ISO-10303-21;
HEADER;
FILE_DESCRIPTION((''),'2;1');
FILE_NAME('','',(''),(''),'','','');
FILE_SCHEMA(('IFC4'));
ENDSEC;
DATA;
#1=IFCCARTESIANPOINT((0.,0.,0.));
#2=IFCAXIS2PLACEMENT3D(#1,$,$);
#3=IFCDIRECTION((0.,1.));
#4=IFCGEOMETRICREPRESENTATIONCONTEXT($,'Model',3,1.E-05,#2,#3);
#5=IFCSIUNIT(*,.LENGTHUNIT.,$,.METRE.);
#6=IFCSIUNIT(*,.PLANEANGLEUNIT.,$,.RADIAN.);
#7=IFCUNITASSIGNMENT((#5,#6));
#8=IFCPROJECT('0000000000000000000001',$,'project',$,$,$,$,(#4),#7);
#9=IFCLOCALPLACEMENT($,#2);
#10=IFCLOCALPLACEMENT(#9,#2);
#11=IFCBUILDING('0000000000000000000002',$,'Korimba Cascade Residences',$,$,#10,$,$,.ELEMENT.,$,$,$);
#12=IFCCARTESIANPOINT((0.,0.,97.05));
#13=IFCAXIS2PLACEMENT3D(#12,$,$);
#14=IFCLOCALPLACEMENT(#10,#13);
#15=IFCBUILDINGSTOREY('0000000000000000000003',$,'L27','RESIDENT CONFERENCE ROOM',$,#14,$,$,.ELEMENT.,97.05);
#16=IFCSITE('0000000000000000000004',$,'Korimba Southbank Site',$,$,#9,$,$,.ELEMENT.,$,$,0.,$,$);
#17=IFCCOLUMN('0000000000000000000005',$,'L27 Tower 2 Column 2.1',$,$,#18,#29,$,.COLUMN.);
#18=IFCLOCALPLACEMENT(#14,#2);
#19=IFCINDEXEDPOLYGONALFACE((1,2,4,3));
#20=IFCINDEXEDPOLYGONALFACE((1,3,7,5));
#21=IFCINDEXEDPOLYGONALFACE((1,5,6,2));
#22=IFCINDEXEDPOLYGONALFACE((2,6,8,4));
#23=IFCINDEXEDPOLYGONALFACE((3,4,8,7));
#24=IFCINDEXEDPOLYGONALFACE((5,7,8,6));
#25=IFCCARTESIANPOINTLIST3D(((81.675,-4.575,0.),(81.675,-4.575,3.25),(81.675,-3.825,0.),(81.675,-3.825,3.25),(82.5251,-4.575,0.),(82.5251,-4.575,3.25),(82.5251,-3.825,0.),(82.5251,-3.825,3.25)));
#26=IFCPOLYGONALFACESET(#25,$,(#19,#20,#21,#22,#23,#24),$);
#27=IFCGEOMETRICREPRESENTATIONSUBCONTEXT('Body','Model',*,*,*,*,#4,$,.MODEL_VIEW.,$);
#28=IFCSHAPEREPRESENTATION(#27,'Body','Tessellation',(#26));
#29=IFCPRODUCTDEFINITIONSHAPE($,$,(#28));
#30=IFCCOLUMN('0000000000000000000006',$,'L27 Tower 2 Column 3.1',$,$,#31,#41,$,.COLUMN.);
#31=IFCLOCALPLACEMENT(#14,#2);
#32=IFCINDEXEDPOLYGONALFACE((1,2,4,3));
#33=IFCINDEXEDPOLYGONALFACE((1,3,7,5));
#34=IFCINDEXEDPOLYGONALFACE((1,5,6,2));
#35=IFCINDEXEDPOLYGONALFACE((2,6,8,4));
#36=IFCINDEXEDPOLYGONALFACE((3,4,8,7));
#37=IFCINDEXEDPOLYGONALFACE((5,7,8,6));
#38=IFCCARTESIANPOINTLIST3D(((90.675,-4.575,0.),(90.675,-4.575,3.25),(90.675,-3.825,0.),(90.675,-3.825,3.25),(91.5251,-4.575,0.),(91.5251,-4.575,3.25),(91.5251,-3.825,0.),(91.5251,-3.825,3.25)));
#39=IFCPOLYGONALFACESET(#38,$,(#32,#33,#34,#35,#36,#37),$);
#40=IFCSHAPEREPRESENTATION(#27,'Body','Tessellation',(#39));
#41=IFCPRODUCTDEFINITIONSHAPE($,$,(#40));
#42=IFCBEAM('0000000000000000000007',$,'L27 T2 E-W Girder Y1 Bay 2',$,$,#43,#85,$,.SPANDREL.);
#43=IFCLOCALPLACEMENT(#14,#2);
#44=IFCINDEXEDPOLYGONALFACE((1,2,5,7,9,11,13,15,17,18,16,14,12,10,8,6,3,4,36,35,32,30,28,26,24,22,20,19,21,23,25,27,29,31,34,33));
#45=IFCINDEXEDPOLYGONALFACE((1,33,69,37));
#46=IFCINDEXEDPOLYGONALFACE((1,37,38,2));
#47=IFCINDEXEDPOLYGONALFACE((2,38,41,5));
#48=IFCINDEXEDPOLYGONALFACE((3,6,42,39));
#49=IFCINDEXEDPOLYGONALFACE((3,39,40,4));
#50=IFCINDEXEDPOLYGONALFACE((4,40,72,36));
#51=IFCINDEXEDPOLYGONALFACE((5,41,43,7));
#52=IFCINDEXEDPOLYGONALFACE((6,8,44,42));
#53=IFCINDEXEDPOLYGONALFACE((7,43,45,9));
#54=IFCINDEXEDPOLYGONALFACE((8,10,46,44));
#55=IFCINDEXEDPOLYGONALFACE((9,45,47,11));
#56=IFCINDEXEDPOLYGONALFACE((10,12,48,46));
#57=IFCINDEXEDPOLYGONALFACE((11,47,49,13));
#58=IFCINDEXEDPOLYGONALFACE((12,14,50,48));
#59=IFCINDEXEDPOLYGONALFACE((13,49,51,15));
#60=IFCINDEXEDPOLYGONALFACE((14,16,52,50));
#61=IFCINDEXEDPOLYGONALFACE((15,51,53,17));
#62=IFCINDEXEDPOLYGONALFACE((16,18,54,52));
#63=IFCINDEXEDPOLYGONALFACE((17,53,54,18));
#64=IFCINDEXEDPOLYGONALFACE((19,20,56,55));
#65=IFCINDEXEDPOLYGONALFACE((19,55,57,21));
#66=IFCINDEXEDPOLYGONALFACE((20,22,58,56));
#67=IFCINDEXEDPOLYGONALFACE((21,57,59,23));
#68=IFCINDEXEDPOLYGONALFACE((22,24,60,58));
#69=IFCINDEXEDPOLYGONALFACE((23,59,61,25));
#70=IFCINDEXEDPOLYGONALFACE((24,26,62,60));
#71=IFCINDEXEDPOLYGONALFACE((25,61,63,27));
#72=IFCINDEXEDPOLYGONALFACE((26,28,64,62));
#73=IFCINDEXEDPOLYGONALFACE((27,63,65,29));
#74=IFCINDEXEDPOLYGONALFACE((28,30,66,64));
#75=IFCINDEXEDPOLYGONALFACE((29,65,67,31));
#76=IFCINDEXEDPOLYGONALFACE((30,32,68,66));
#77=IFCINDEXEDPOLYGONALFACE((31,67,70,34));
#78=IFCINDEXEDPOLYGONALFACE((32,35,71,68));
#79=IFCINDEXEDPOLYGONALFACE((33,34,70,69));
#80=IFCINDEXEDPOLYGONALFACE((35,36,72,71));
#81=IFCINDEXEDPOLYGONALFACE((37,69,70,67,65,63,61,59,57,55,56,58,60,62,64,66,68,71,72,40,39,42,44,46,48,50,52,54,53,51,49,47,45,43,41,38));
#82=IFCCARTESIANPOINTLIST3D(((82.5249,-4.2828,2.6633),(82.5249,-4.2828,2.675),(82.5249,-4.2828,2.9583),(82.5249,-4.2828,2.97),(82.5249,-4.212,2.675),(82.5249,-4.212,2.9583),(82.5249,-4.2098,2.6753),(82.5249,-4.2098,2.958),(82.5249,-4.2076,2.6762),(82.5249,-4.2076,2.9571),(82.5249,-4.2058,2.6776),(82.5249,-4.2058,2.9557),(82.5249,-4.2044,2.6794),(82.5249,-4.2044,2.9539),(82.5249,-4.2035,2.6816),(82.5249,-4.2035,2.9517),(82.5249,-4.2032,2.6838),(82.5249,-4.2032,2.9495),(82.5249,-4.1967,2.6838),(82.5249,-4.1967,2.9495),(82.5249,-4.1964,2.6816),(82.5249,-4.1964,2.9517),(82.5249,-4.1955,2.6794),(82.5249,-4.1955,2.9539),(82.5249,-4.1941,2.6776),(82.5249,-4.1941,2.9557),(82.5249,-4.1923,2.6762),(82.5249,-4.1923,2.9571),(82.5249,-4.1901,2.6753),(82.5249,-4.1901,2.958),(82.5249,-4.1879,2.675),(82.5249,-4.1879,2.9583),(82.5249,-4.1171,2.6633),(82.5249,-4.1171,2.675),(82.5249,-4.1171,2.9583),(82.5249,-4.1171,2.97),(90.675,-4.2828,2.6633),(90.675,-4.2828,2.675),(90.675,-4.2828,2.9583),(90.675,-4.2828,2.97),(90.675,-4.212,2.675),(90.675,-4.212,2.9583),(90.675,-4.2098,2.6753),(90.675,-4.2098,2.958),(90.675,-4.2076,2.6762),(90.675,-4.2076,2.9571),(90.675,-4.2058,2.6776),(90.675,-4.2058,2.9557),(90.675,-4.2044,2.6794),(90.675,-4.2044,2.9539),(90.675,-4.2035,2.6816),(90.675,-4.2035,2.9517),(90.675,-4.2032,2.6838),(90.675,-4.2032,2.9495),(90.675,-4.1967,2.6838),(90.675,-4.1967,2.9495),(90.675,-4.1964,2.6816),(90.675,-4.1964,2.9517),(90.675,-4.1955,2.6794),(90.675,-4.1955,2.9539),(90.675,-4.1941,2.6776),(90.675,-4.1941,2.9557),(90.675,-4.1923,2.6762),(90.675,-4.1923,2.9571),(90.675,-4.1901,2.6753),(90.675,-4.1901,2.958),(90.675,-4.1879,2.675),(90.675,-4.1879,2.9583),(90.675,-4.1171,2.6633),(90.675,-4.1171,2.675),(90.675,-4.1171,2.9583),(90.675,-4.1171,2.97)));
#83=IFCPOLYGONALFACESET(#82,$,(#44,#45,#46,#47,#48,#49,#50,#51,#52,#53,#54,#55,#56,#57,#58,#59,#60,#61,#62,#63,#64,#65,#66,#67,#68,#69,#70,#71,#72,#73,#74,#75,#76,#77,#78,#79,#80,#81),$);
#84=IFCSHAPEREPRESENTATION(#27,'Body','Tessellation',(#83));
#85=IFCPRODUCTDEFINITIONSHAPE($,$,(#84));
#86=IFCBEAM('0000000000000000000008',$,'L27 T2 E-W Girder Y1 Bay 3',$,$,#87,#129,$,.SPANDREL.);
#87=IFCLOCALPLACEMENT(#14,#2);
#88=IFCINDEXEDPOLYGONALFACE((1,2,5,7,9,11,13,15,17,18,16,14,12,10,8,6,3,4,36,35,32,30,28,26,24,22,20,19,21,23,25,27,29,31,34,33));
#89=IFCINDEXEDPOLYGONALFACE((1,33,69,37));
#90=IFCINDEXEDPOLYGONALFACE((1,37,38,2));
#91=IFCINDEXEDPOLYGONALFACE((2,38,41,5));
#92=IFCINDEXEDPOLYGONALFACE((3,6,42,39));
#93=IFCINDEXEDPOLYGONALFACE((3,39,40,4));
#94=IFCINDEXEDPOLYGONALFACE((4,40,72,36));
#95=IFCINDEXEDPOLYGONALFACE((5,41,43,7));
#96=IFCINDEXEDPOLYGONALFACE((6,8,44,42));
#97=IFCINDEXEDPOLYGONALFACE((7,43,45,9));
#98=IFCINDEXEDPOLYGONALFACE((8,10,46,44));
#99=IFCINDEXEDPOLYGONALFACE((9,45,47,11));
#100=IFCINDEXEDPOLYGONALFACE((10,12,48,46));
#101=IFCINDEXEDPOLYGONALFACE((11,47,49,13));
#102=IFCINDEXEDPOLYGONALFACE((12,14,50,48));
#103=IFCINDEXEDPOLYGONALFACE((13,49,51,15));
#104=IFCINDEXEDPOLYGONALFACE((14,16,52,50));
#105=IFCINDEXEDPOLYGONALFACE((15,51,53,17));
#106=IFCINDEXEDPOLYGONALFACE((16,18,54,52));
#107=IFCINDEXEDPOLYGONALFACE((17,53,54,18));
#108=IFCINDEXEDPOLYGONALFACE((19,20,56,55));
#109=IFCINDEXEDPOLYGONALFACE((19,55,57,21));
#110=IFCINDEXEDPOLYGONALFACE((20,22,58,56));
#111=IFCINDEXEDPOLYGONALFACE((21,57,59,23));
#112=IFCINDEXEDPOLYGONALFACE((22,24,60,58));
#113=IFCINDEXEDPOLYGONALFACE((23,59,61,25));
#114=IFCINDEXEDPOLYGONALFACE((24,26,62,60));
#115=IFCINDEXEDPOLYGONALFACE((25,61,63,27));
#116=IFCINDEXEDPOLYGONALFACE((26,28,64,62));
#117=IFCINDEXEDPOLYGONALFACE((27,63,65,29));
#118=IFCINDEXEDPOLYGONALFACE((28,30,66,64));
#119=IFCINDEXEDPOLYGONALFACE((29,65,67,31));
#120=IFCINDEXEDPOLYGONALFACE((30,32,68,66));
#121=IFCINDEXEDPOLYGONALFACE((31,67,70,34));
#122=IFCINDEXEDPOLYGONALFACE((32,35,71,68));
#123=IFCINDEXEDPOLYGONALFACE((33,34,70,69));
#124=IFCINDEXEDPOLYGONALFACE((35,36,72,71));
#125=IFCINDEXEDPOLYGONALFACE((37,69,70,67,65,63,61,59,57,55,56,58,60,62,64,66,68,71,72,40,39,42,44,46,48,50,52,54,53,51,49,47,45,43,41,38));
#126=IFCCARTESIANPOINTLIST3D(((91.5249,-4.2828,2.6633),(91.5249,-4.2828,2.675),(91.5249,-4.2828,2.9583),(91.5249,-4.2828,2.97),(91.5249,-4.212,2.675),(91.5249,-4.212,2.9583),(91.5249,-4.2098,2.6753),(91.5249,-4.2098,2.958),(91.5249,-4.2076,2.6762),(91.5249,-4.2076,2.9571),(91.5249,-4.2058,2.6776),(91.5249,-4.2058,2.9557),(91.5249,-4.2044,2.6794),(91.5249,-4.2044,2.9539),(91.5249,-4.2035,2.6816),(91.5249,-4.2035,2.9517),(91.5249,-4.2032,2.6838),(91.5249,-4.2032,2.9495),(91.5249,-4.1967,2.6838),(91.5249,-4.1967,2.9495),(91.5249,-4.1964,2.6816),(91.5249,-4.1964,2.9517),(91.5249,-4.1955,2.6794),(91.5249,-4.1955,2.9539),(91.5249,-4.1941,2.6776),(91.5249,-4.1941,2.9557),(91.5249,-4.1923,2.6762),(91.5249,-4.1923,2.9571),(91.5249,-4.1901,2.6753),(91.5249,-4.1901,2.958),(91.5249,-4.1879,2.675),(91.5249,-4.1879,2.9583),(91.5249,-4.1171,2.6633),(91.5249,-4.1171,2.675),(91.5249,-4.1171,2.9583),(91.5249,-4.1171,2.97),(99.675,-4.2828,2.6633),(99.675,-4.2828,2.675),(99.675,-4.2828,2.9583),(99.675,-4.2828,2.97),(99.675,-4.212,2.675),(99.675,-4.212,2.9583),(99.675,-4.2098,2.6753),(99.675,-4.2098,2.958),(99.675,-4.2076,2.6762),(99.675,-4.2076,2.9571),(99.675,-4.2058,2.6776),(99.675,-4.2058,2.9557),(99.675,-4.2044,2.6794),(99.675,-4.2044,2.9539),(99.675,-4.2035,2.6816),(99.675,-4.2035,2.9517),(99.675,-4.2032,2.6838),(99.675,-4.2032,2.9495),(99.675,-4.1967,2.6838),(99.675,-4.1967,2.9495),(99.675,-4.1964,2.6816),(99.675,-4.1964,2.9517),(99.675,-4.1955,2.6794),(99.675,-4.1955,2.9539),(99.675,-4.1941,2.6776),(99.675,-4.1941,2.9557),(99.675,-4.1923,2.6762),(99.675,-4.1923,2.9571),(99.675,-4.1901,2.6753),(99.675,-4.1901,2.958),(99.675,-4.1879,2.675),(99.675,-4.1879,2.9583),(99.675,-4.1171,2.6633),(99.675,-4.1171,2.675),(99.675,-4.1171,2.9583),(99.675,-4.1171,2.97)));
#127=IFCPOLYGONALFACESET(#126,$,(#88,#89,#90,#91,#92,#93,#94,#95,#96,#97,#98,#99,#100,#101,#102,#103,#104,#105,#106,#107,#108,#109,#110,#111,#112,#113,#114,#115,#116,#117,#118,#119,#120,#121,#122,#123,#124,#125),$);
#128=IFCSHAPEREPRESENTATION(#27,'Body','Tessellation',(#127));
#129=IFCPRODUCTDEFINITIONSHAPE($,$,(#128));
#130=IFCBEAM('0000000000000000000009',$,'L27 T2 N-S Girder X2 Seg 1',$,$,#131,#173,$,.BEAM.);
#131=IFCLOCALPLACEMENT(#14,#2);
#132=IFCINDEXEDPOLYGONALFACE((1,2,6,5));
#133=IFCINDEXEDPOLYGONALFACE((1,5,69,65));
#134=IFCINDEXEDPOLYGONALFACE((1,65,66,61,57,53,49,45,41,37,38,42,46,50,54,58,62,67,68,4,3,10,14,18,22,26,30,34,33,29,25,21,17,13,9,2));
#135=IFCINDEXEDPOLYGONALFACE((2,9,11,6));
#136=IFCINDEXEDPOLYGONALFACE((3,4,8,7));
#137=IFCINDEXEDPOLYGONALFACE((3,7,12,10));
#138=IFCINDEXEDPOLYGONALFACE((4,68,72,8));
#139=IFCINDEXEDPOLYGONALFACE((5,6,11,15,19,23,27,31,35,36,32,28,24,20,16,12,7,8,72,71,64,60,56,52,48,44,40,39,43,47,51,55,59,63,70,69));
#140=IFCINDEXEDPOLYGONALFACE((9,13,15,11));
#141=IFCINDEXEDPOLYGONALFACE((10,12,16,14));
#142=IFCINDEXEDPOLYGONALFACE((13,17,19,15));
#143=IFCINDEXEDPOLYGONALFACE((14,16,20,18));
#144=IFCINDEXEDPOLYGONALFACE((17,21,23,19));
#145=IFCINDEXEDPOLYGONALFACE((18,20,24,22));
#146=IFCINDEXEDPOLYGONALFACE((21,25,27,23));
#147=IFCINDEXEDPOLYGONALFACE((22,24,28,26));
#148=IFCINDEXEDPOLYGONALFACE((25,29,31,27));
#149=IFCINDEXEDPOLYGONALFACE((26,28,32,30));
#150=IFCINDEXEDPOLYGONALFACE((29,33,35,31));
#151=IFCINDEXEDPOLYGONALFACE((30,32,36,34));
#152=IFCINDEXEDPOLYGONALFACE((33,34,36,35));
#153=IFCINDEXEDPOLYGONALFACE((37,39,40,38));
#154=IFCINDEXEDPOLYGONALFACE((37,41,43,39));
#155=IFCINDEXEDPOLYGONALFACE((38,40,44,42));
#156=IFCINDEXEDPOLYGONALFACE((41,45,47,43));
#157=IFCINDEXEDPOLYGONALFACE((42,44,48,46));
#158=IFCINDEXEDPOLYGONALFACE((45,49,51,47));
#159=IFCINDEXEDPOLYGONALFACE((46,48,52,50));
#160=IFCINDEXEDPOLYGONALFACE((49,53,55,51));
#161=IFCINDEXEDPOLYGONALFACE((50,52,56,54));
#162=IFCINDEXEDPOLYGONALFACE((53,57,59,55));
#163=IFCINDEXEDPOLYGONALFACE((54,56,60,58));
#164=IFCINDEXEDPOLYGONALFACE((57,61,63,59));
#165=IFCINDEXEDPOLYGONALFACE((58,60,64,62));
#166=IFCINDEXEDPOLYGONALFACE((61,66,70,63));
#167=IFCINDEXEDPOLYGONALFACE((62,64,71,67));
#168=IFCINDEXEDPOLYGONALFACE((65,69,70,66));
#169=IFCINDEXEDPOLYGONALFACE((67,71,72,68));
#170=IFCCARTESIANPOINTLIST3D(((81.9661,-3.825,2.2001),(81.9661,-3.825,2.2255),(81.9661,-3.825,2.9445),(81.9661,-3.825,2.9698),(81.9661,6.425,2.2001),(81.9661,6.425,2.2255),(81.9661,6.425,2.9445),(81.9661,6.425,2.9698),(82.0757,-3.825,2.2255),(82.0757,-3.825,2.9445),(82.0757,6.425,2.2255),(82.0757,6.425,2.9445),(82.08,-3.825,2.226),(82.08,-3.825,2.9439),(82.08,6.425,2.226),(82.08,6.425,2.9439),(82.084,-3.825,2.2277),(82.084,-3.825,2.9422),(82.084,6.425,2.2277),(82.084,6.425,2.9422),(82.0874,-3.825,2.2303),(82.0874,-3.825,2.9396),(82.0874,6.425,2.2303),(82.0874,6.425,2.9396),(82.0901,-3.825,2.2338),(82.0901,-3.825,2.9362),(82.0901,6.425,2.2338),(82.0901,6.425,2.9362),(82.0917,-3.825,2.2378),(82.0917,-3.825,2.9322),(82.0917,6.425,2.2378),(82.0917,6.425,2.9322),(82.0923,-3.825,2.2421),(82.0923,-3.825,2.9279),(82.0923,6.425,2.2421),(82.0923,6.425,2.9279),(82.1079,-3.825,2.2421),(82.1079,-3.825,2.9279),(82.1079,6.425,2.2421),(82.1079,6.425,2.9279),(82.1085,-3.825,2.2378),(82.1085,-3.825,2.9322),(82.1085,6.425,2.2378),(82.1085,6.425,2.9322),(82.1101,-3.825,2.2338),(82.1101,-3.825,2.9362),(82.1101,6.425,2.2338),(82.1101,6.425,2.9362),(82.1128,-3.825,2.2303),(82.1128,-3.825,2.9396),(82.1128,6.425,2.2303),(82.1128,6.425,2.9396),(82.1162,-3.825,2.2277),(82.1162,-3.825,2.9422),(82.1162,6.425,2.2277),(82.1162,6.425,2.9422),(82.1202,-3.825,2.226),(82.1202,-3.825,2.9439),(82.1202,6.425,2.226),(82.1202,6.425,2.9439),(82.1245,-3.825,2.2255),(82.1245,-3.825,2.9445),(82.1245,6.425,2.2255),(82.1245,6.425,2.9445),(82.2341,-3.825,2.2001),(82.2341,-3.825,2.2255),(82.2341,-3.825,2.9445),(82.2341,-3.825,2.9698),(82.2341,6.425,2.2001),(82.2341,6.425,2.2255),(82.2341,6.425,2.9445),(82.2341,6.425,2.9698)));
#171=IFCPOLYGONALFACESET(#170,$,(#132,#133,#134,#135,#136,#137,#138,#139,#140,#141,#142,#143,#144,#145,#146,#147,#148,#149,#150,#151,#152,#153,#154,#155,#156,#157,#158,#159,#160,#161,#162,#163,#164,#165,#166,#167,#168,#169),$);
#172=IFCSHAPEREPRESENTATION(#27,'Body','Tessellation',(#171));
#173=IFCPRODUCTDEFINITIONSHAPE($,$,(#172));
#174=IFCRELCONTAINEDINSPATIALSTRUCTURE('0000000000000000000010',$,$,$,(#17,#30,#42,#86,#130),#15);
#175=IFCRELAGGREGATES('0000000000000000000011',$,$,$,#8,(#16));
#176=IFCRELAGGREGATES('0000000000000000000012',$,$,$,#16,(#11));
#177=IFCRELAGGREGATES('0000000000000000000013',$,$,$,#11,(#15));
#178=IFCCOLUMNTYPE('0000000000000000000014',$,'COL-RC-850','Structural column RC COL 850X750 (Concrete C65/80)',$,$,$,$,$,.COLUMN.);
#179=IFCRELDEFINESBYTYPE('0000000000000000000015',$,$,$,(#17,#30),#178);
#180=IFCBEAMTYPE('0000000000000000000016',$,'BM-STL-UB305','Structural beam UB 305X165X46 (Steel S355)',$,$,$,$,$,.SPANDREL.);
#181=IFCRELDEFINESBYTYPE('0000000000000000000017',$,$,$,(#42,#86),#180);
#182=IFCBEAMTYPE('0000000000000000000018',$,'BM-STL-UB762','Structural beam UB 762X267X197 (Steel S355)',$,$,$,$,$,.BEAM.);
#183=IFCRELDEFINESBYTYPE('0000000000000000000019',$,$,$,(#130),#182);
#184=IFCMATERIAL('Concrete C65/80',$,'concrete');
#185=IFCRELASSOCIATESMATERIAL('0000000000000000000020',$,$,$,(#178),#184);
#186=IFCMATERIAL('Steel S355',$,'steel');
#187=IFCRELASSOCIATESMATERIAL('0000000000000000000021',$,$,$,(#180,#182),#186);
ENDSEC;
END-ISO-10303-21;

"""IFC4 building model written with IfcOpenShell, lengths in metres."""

from ifc_helpers import new_model, si_unit, direction, frame, origin, origin_2d, place, context, subcontext, project, spatial, rectangle, i_section, extrude, material, material_profile, profile_set, type_object, element, save


model = new_model("IFC4")

# Units and contexts
model_context = context("Model", 3, precision=1e-05, world=origin(), true_north=direction((0.0, 1.0)))
body_context = subcontext(model_context, "Body", "Model", "MODEL_VIEW")
ifc_project = project(units=[si_unit("LENGTHUNIT", "METRE"), si_unit("PLANEANGLEUNIT", "RADIAN")], contexts=[model_context])

# Site, building, storey
site_placement = place(None, origin())
site = spatial("IfcSite", under=ifc_project, at=site_placement, Name="Korimba Southbank Site", CompositionType="ELEMENT", RefElevation=0.0)
building_placement = place(site_placement, origin())
building = spatial("IfcBuilding", under=site, at=building_placement, Name="Korimba Cascade Residences", CompositionType="ELEMENT")
storey_placement = place(building_placement, frame((0.0, 0.0, 97.05)))
storey = spatial("IfcBuildingStorey", under=building, at=storey_placement, Name="L27", Description="RESIDENT CONFERENCE ROOM", CompositionType="ELEMENT", Elevation=97.05)

# Columns
ifc_material_1 = material(Name="Concrete C65/80", Category="concrete")
ifc_material_profile_1 = material_profile(ifc_material_1, rectangle(XDim=0.8501, YDim=0.75, at=origin_2d()), Name="Concrete C65/80")
ifc_profile_set_1 = profile_set([ifc_material_profile_1], Name="Concrete C65/80")
column_type = type_object("IfcColumnType", Name="COL-RC-850", Description="Structural column RC COL 850X750 (Concrete C65/80)", PredefinedType="COLUMN", material=ifc_profile_set_1)
for number, where, z_axis, x_axis, name in (
    (1, (82.1001, -4.2, 0.0), (0.0, 0.0, 1.0), (1.0, 0.0, 0.0), "L27 Tower 2 Column 2.1"),
    (2, (91.1001, -4.2, 0.0), (0.0, 0.0, 1.0), (1.0, 0.0, 0.0), "L27 Tower 2 Column 3.1"),
):
    element("IfcColumn", number, at=place(storey_placement, frame(where, z_axis=z_axis, x_axis=x_axis)), inside=storey, type_object=column_type, Name=name, PredefinedType="COLUMN", context=body_context, shape_type="SweptSolid", body=[
        extrude(rectangle(XDim=0.8501, YDim=0.75, at=origin_2d()), origin(), (0.0, 0.0, 1.0), 3.25),
    ])

# Beams
ifc_material_2 = material(Name="Steel S355", Category="steel")
ifc_material_profile_2 = material_profile(ifc_material_2, i_section(OverallWidth=0.1658, OverallDepth=0.3066, WebThickness=0.0066, FlangeThickness=0.0117, FilletRadius=0.0088, at=origin_2d()), Name="Steel S355")
ifc_profile_set_2 = profile_set([ifc_material_profile_2], Name="Steel S355")
beam_type_1 = type_object("IfcBeamType", Name="BM-STL-UB305", Description="Structural beam UB 305X165X46 (Steel S355)", PredefinedType="SPANDREL", material=ifc_profile_set_2)
for number, where, z_axis, x_axis, name in (
    (3, (82.5249, -4.2, 2.8167), (1.0, 0.0, 0.0), (0.0, 1.0, 0.0), "L27 T2 E-W Girder Y1 Bay 2"),
    (4, (91.5249, -4.2, 2.8167), (1.0, 0.0, 0.0), (0.0, 1.0, 0.0), "L27 T2 E-W Girder Y1 Bay 3"),
):
    element("IfcBeam", number, at=place(storey_placement, frame(where, z_axis=z_axis, x_axis=x_axis)), inside=storey, type_object=beam_type_1, Name=name, PredefinedType="SPANDREL", context=body_context, shape_type="SweptSolid", body=[
        extrude(i_section(OverallWidth=0.1658, OverallDepth=0.3066, WebThickness=0.0066, FlangeThickness=0.0117, FilletRadius=0.0088, at=origin_2d()), origin(), (0.0, 0.0, 1.0), 8.1501),
    ])
ifc_material_profile_3 = material_profile(ifc_material_2, i_section(OverallWidth=0.2681, OverallDepth=0.7698, WebThickness=0.0156, FlangeThickness=0.0254, FilletRadius=0.0166, at=origin_2d()), Name="Steel S355")
ifc_profile_set_3 = profile_set([ifc_material_profile_3], Name="Steel S355")
beam_type_2 = type_object("IfcBeamType", Name="BM-STL-UB762", Description="Structural beam UB 762X267X197 (Steel S355)", PredefinedType="BEAM", material=ifc_profile_set_3)
for number, where, z_axis, x_axis, name in (
    (5, (82.1001, -3.825, 2.585), (0.0, 1.0, 0.0), (-1.0, 0.0, 0.0), "L27 T2 N-S Girder X2 Seg 1"),
):
    element("IfcBeam", number, at=place(storey_placement, frame(where, z_axis=z_axis, x_axis=x_axis)), inside=storey, type_object=beam_type_2, Name=name, PredefinedType="BEAM", context=body_context, shape_type="SweptSolid", body=[
        extrude(i_section(OverallWidth=0.2681, OverallDepth=0.7698, WebThickness=0.0156, FlangeThickness=0.0254, FilletRadius=0.0166, at=origin_2d()), origin(), (0.0, 0.0, 1.0), 10.25),
    ])

save(model, "model.ifc")
